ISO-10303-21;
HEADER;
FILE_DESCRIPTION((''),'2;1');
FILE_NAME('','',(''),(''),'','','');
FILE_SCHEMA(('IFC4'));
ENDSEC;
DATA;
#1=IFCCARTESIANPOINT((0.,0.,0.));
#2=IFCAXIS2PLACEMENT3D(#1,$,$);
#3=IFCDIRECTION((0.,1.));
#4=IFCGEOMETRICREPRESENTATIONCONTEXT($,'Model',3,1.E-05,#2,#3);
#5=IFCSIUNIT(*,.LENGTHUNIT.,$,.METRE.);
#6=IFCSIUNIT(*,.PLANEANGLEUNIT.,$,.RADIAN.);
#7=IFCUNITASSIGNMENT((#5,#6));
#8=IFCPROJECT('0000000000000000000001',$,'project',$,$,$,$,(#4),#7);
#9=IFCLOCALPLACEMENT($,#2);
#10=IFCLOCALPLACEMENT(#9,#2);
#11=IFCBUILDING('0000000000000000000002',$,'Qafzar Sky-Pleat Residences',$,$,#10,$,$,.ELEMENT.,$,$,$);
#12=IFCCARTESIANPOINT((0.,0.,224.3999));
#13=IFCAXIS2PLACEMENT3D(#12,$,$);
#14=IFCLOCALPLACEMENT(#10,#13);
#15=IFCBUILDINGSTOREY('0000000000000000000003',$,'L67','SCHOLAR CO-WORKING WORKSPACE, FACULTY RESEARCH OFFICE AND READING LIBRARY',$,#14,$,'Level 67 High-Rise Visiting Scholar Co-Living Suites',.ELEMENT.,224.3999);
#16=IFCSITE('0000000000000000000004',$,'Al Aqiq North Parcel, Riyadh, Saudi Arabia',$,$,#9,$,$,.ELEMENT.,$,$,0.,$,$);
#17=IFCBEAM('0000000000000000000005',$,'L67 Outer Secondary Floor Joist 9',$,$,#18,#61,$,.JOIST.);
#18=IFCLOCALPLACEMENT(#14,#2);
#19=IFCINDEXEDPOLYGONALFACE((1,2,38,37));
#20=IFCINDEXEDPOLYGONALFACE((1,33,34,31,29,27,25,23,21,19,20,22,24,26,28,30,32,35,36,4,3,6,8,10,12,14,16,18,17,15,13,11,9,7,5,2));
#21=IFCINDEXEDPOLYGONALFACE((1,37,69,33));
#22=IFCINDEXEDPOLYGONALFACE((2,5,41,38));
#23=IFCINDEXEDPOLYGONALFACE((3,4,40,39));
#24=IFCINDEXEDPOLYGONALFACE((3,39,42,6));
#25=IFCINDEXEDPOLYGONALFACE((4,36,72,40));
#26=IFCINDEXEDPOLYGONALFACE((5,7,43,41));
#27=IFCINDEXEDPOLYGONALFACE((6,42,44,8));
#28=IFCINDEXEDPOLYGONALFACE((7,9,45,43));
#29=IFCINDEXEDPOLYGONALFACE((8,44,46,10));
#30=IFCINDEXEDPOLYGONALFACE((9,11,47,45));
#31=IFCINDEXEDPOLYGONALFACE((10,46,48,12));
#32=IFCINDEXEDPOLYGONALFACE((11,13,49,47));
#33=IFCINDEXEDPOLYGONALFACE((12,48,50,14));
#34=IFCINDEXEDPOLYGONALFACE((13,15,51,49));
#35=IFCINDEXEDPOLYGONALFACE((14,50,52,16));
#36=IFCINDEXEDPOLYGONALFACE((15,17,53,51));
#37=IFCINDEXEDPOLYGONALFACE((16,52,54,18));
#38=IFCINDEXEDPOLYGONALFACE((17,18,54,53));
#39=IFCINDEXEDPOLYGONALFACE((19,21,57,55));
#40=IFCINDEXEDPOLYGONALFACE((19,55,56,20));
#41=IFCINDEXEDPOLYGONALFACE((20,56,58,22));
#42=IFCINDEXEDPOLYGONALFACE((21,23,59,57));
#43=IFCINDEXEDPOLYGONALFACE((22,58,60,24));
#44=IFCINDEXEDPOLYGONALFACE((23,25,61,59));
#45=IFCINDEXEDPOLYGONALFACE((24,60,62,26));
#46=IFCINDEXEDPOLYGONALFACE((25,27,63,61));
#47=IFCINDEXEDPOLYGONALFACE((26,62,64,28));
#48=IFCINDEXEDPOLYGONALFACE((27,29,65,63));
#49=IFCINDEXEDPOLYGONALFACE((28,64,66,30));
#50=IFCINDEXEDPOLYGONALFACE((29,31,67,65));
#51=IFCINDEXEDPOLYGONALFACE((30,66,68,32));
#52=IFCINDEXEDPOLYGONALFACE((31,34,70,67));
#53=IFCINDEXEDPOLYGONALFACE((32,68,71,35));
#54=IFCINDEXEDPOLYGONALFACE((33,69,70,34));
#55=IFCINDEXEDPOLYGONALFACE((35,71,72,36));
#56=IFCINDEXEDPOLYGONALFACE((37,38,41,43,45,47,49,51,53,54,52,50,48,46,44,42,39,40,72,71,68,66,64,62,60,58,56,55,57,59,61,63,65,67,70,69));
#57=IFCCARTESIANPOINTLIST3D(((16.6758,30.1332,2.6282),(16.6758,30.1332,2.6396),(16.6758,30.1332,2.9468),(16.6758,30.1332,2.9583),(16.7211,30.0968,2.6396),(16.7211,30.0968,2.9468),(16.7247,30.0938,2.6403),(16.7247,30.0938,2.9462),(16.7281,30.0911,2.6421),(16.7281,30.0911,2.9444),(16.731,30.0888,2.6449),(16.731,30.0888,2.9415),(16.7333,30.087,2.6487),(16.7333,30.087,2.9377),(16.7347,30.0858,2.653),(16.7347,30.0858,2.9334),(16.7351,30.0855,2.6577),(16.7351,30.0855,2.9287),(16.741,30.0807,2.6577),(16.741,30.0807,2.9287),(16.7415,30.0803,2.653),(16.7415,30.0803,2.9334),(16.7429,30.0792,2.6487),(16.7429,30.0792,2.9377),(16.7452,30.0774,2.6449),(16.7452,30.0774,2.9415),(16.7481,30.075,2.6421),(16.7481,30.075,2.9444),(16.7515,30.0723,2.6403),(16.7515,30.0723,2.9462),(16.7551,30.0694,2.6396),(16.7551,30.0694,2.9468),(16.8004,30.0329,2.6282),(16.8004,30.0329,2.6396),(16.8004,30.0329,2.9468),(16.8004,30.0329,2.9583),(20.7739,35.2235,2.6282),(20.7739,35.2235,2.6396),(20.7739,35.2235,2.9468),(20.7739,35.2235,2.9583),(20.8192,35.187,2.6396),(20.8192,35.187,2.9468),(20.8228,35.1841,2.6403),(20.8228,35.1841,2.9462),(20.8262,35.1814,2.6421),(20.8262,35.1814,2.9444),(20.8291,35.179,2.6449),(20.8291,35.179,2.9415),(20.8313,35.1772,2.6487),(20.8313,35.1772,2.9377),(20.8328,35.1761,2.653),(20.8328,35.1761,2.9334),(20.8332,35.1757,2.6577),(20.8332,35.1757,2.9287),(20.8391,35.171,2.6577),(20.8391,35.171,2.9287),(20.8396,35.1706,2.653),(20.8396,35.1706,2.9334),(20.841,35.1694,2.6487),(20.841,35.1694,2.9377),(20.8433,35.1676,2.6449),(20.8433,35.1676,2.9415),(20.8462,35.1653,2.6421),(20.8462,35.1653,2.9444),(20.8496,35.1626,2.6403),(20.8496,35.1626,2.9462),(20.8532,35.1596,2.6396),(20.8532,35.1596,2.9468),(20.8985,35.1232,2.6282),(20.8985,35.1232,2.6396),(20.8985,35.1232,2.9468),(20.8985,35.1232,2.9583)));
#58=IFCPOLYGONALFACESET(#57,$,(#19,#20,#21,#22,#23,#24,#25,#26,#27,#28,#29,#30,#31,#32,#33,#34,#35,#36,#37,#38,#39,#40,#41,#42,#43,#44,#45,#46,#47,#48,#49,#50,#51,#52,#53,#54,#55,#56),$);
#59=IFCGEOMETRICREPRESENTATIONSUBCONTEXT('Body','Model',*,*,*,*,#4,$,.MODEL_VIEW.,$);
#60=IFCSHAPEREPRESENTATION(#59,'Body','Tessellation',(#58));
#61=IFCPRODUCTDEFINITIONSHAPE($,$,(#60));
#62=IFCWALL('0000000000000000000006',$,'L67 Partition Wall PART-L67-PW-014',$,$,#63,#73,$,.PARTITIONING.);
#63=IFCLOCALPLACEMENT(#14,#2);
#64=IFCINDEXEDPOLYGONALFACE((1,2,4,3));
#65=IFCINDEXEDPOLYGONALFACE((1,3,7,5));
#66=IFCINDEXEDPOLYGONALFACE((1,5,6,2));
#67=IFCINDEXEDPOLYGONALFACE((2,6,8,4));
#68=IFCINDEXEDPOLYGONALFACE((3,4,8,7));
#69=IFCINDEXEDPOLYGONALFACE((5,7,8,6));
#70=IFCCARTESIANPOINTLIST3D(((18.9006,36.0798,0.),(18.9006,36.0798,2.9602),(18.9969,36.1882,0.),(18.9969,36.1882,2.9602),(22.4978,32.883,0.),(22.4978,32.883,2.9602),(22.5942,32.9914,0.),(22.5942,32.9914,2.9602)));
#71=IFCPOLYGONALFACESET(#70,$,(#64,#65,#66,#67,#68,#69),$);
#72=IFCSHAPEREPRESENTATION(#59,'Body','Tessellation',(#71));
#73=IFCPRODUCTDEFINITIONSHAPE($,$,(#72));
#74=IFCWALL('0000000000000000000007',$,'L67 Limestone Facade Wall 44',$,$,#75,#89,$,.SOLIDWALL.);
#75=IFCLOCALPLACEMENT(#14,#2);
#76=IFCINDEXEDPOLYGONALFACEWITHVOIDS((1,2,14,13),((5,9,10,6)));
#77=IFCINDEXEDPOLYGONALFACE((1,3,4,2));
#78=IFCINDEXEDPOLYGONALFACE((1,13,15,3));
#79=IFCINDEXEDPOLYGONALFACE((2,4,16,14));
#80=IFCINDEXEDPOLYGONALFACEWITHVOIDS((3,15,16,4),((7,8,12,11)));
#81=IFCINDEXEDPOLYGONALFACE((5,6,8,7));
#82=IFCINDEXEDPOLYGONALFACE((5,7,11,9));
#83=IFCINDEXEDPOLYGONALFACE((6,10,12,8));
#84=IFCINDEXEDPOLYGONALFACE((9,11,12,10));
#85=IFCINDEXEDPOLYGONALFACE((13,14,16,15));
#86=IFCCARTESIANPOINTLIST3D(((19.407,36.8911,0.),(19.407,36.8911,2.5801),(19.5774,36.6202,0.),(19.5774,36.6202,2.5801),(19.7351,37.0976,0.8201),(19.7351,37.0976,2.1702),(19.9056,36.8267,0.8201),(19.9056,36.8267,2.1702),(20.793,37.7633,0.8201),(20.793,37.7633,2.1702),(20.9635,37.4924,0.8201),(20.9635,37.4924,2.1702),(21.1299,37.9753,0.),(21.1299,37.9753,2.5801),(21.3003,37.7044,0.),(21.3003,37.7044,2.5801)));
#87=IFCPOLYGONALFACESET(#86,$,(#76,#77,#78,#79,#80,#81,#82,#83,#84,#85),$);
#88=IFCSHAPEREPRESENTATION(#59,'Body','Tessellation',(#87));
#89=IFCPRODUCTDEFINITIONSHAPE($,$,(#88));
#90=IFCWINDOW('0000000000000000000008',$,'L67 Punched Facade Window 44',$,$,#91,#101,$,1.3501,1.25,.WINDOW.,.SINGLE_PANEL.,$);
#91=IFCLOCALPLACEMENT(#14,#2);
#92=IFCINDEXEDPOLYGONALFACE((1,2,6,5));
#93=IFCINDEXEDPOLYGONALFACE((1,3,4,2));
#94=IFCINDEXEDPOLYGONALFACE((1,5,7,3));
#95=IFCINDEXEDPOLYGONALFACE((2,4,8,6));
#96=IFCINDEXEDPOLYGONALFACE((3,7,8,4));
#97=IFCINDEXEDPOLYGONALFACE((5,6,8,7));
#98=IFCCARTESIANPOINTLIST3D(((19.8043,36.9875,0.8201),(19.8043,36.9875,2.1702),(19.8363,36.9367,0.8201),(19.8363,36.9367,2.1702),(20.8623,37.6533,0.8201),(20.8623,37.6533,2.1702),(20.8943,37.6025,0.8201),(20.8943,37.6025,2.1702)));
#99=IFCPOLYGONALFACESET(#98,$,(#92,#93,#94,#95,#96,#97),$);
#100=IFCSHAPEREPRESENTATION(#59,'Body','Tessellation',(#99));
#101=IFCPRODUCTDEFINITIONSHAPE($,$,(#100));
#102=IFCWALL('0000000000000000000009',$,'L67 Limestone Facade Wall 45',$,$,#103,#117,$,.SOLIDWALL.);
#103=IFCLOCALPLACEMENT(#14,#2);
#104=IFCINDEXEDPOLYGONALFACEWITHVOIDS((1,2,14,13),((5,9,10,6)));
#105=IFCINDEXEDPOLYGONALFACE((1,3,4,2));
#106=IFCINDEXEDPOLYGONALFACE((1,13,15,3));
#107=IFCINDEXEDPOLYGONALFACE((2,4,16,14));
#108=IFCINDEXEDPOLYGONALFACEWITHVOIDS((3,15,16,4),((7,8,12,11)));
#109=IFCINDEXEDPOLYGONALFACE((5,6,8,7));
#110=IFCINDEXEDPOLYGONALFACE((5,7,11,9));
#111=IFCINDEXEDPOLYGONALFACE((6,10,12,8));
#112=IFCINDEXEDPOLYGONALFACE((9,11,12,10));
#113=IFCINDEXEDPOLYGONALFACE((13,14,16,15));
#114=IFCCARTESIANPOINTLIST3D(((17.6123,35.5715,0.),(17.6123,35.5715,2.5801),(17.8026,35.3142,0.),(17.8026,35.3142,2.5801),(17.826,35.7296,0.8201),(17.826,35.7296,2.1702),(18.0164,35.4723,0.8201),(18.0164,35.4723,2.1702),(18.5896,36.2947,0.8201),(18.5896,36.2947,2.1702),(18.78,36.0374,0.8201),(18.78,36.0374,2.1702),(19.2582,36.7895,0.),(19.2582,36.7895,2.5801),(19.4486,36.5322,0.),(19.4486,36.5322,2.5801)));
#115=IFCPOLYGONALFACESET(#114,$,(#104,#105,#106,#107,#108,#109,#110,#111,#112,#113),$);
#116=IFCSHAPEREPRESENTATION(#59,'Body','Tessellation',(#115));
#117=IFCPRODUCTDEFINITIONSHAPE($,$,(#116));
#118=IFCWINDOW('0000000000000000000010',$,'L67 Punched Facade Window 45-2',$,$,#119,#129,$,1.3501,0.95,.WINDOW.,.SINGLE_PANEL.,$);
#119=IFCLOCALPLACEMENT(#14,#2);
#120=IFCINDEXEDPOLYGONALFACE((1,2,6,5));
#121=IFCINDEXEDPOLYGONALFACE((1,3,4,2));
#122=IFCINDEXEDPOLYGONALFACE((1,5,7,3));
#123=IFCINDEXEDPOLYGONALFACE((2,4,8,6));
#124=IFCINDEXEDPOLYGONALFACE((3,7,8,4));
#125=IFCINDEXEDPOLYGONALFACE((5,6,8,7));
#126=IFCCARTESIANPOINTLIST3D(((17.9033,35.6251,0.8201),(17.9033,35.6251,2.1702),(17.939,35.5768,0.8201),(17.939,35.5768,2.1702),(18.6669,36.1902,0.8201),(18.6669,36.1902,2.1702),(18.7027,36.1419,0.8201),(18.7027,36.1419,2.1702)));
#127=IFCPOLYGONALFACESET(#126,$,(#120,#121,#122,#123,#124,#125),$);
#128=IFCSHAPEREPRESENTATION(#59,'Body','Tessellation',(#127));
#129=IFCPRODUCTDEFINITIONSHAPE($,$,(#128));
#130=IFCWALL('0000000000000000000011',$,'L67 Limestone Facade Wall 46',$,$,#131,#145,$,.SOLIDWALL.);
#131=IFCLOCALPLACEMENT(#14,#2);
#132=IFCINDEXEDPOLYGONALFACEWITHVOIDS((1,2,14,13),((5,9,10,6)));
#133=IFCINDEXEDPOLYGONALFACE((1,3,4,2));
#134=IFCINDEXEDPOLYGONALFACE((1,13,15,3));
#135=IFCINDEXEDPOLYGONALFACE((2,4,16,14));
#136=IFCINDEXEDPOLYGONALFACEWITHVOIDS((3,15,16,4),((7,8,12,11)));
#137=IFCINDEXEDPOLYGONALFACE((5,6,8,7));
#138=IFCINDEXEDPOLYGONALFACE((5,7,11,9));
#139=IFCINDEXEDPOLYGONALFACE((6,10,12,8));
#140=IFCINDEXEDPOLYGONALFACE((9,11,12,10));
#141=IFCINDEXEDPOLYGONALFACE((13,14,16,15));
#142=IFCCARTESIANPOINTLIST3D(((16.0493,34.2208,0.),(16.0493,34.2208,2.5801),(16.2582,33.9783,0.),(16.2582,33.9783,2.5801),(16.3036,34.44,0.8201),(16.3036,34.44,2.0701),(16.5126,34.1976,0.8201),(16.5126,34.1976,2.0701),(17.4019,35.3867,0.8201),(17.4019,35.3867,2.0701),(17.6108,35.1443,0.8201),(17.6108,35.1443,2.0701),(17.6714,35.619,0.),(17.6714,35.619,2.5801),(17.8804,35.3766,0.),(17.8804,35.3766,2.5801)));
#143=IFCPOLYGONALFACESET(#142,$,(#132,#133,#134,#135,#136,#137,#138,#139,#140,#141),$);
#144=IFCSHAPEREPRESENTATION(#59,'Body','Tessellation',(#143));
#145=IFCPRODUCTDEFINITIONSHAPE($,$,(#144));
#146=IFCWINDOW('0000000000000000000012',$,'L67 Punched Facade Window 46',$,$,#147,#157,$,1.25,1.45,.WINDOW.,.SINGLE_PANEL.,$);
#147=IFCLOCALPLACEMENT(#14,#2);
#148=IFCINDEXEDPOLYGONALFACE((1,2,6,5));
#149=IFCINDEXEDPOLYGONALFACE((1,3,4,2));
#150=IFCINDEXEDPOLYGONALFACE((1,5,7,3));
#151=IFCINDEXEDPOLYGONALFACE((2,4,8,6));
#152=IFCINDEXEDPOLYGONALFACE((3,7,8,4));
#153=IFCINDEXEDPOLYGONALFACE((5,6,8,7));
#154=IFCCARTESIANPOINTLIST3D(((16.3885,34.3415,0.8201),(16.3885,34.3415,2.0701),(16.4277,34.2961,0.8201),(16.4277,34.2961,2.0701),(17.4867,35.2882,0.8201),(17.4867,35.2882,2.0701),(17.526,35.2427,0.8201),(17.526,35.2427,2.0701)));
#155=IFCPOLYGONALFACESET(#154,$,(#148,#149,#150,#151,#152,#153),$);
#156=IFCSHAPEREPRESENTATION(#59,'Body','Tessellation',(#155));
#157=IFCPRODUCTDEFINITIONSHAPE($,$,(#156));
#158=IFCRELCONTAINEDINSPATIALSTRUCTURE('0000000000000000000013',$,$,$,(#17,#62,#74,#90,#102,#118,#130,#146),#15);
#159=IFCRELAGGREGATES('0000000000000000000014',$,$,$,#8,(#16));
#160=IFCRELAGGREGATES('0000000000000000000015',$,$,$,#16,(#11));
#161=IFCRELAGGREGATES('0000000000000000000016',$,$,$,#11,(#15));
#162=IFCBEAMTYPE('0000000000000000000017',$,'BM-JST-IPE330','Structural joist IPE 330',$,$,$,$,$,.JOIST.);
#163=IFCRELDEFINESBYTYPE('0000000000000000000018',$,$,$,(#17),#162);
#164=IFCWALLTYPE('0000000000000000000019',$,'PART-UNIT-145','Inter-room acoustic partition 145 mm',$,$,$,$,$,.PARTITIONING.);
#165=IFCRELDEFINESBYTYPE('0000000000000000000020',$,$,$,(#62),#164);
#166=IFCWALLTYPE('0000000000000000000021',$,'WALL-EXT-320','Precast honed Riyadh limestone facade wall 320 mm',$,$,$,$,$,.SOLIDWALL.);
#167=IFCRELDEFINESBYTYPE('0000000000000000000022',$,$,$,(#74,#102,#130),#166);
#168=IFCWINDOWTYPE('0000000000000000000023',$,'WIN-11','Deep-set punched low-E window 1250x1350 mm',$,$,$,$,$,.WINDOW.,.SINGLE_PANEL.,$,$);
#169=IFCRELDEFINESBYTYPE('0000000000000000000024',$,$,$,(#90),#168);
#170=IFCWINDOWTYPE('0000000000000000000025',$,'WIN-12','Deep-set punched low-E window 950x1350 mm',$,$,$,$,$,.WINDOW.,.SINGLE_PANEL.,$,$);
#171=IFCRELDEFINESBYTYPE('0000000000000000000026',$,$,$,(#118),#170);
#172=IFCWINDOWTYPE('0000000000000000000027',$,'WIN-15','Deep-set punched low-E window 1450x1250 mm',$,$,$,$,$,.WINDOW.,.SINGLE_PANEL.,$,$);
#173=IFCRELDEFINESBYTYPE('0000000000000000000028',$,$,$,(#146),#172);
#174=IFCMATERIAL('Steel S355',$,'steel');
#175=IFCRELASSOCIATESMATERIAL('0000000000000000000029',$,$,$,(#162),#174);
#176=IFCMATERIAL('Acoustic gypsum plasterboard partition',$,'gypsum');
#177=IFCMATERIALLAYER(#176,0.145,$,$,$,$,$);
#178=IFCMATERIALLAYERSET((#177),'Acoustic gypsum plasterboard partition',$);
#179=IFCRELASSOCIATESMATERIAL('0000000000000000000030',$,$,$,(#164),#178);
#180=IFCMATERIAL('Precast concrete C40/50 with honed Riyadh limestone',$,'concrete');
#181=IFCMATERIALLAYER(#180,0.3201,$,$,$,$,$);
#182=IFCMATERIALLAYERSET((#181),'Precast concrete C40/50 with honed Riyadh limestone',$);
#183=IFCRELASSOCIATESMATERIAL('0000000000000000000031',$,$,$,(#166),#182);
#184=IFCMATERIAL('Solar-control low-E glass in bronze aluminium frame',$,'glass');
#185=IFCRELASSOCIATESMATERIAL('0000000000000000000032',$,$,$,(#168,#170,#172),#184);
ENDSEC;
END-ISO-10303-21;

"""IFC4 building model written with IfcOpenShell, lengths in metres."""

from ifc_helpers import new_model, si_unit, direction, frame, frame_2d, origin, origin_2d, place, context, subcontext, project, spatial, rectangle, i_section, extrude, source, transform, mapped, material, layer, layer_set, material_profile, profile_set, type_object, element, fill, save


model = new_model("IFC4")

# Units and contexts
model_context = context("Model", 3, precision=1e-05, world=origin(), true_north=direction((0.0, 1.0)))
body_context = subcontext(model_context, "Body", "Model", "MODEL_VIEW")
ifc_project = project(units=[si_unit("LENGTHUNIT", "METRE"), si_unit("PLANEANGLEUNIT", "RADIAN")], contexts=[model_context])

# Site, building, storey
site_placement = place(None, origin())
site = spatial("IfcSite", under=ifc_project, at=site_placement, Name="Al Aqiq North Parcel, Riyadh, Saudi Arabia", CompositionType="ELEMENT", RefElevation=0.0)
building_placement = place(site_placement, origin())
building = spatial("IfcBuilding", under=site, at=building_placement, Name="Qafzar Sky-Pleat Residences", CompositionType="ELEMENT")
storey_placement = place(building_placement, frame((0.0, 0.0, 224.3999)))
storey = spatial("IfcBuildingStorey", under=building, at=storey_placement, Name="L67", Description="SCHOLAR CO-WORKING WORKSPACE, FACULTY RESEARCH OFFICE AND READING LIBRARY", LongName="Level 67 High-Rise Visiting Scholar Co-Living Suites", CompositionType="ELEMENT", Elevation=224.3999)

# Shared definitions
ifc_material_1 = material(Name="Steel S355", Category="steel")

# Beam
ifc_material_profile_1 = material_profile(ifc_material_1, i_section(OverallWidth=0.1599, OverallDepth=0.3301, WebThickness=0.0076, FlangeThickness=0.0115, FilletRadius=0.0181, at=origin_2d()), Name="IPE 330")
ifc_profile_set_1 = profile_set([ifc_material_profile_1], Name="Steel S355")
beam_type_1 = type_object("IfcBeamType", Name="BM-JST-IPE330", Description="Structural joist IPE 330", PredefinedType="JOIST", material=ifc_profile_set_1)
shared_shape_1 = source(origin(), body_context, "Body", "SweptSolid", [
    extrude(i_section(OverallWidth=0.1599, OverallDepth=0.3301, WebThickness=0.0076, FlangeThickness=0.0115, FilletRadius=0.0181, at=origin_2d()), origin(), (0.0, 0.0, 1.0), 6.5349),
])
beam_1_placement = place(storey_placement, frame((20.8362, 35.1733, 2.7932), z_axis=(-0.627107, -0.778933, 0.0), x_axis=(0.778933, -0.627107, 0.0)))
element("IfcBeam", 1, at=beam_1_placement, inside=storey, type_object=beam_type_1, Name="L67 Outer Secondary Floor Joist 9", PredefinedType="JOIST", context=body_context, shape_type="MappedRepresentation", body=[
    mapped(shared_shape_1, transform((0.0, 0.0, 0.0), x_axis=(1.0, 0.0, 0.0), y_axis=(0.0, 1.0, 0.0), z_axis=(0.0, 0.0, 1.0), scale=1.0)),
])

# Wall
ifc_material_2 = material(Name="Acoustic gypsum plasterboard partition", Category="gypsum")
ifc_layer_1 = layer(ifc_material_2, 0.145)
ifc_layer_set_1 = layer_set([ifc_layer_1], Name="Acoustic gypsum plasterboard partition")
wall_type_1 = type_object("IfcWallType", Name="PART-UNIT-145", Description="Inter-room acoustic partition 145 mm", PredefinedType="PARTITIONING", material=ifc_layer_set_1)
wall_1_placement = place(storey_placement, frame((18.9487, 36.134, 0.0), z_axis=(0.0, 0.0, 1.0), x_axis=(0.747482, -0.664282, 0.0)))
element("IfcWall", 2, at=wall_1_placement, inside=storey, type_object=wall_type_1, Name="L67 Partition Wall PART-L67-PW-014", PredefinedType="PARTITIONING", context=body_context, shape_type="SweptSolid", body=[
    extrude(rectangle(XDim=4.8125, YDim=0.145, at=frame_2d((2.4062, 0.0))), origin(), (0.0, 0.0, 1.0), 2.9602),
])

# Walls, openings, windows
ifc_material_3 = material(Name="Precast concrete C40/50 with honed Riyadh limestone", Category="concrete")
ifc_layer_2 = layer(ifc_material_3, 0.3201)
ifc_layer_set_2 = layer_set([ifc_layer_2], Name="Precast concrete C40/50 with honed Riyadh limestone")
wall_type_2 = type_object("IfcWallType", Name="WALL-EXT-320", Description="Precast honed Riyadh limestone facade wall 320 mm", PredefinedType="SOLIDWALL", material=ifc_layer_set_2)
wall_2_placement = place(storey_placement, frame((21.2151, 37.8398, 0.0), z_axis=(0.0, 0.0, 1.0), x_axis=(-0.846357, -0.532616, 0.0)))
wall_2 = element("IfcWall", 3, at=wall_2_placement, inside=storey, type_object=wall_type_2, Name="L67 Limestone Facade Wall 44", PredefinedType="SOLIDWALL", context=body_context, shape_type="SweptSolid", body=[
    extrude(rectangle(XDim=2.0356, YDim=0.3201, at=frame_2d((1.0178, 0.0))), origin(), (0.0, 0.0, 1.0), 2.5801),
])
opening_1_placement = place(wall_2_placement, frame((0.3979, 0.0, 0.8201)))
opening_1 = element("IfcOpeningElement", 4, at=opening_1_placement, cuts=wall_2, PredefinedType="OPENING", context=body_context, shape_type="SweptSolid", body=[
    extrude(rectangle(XDim=1.25, YDim=1.3501, at=frame_2d((0.625, 0.675))), frame((0.0, 0.1699, 0.0), z_axis=(0.0, -1.0, 0.0), x_axis=(1.0, 0.0, 0.0)), (0.0, 0.0, 1.0), 0.3401),
])
ifc_material_4 = material(Name="Solar-control low-E glass in bronze aluminium frame", Category="glass")
window_type_1 = type_object("IfcWindowType", Name="WIN-11", Description="Deep-set punched low-E window 1250x1350 mm", PartitioningType="SINGLE_PANEL", PredefinedType="WINDOW", material=ifc_material_4)
shared_shape_2 = source(origin(), body_context, "Body", "SweptSolid", [
    extrude(rectangle(XDim=1.25, YDim=1.3501, at=frame_2d((0.625, 0.675))), frame((0.0, 0.03, 0.0), z_axis=(0.0, -1.0, 0.0), x_axis=(1.0, 0.0, 0.0)), (0.0, 0.0, 1.0), 0.0601),
])
window_1_placement = place(opening_1_placement, origin())
window_1 = element("IfcWindow", 5, at=window_1_placement, inside=storey, type_object=window_type_1, Name="L67 Punched Facade Window 44", OverallHeight=1.3501, OverallWidth=1.25, PartitioningType="SINGLE_PANEL", PredefinedType="WINDOW", context=body_context, shape_type="MappedRepresentation", body=[
    mapped(shared_shape_2, transform((0.0, 0.0, 0.0), x_axis=(1.0, 0.0, 0.0), y_axis=(0.0, 1.0, 0.0), z_axis=(0.0, 0.0, 1.0), scale=1.0)),
])
fill(opening_1, window_1)
wall_3_placement = place(storey_placement, frame((19.3535, 36.6609, 0.0), z_axis=(0.0, 0.0, 1.0), x_axis=(-0.803846, -0.594837, 0.0)))
wall_3 = element("IfcWall", 6, at=wall_3_placement, inside=storey, type_object=wall_type_2, Name="L67 Limestone Facade Wall 45", PredefinedType="SOLIDWALL", context=body_context, shape_type="SweptSolid", body=[
    extrude(rectangle(XDim=2.0476, YDim=0.3201, at=frame_2d((1.0239, 0.0))), origin(), (0.0, 0.0, 1.0), 2.5801),
])
opening_2_placement = place(wall_3_placement, frame((0.8318, 0.0, 0.8201)))
opening_2 = element("IfcOpeningElement", 7, at=opening_2_placement, cuts=wall_3, PredefinedType="OPENING", context=body_context, shape_type="SweptSolid", body=[
    extrude(rectangle(XDim=0.95, YDim=1.3501, at=frame_2d((0.4751, 0.675))), frame((0.0, 0.1699, 0.0), z_axis=(0.0, -1.0, 0.0), x_axis=(1.0, 0.0, 0.0)), (0.0, 0.0, 1.0), 0.3401),
])
window_type_2 = type_object("IfcWindowType", Name="WIN-12", Description="Deep-set punched low-E window 950x1350 mm", PartitioningType="SINGLE_PANEL", PredefinedType="WINDOW", material=ifc_material_4)
shared_shape_3 = source(origin(), body_context, "Body", "SweptSolid", [
    extrude(rectangle(XDim=0.95, YDim=1.3501, at=frame_2d((0.4751, 0.675))), frame((0.0, 0.03, 0.0), z_axis=(0.0, -1.0, 0.0), x_axis=(1.0, 0.0, 0.0)), (0.0, 0.0, 1.0), 0.0601),
])
window_2_placement = place(opening_2_placement, origin())
window_2 = element("IfcWindow", 8, at=window_2_placement, inside=storey, type_object=window_type_2, Name="L67 Punched Facade Window 45-2", OverallHeight=1.3501, OverallWidth=0.95, PartitioningType="SINGLE_PANEL", PredefinedType="WINDOW", context=body_context, shape_type="MappedRepresentation", body=[
    mapped(shared_shape_3, transform((0.0, 0.0, 0.0), x_axis=(1.0, 0.0, 0.0), y_axis=(0.0, 1.0, 0.0), z_axis=(0.0, 0.0, 1.0), scale=1.0)),
])
fill(opening_2, window_2)
wall_4_placement = place(storey_placement, frame((17.7759, 35.4978, 0.0), z_axis=(0.0, 0.0, 1.0), x_axis=(-0.757443, -0.652901, 0.0)))
wall_4 = element("IfcWall", 9, at=wall_4_placement, inside=storey, type_object=wall_type_2, Name="L67 Limestone Facade Wall 46", PredefinedType="SOLIDWALL", context=body_context, shape_type="SweptSolid", body=[
    extrude(rectangle(XDim=2.1416, YDim=0.3201, at=frame_2d((1.0708, 0.0))), origin(), (0.0, 0.0, 1.0), 2.5801),
])
opening_3_placement = place(wall_4_placement, frame((0.3557, 0.0, 0.8201)))
opening_3 = element("IfcOpeningElement", 10, at=opening_3_placement, cuts=wall_4, PredefinedType="OPENING", context=body_context, shape_type="SweptSolid", body=[
    extrude(rectangle(XDim=1.45, YDim=1.25, at=frame_2d((0.7251, 0.625))), frame((0.0, 0.1699, 0.0), z_axis=(0.0, -1.0, 0.0), x_axis=(1.0, 0.0, 0.0)), (0.0, 0.0, 1.0), 0.3401),
])
window_type_3 = type_object("IfcWindowType", Name="WIN-15", Description="Deep-set punched low-E window 1450x1250 mm", PartitioningType="SINGLE_PANEL", PredefinedType="WINDOW", material=ifc_material_4)
shared_shape_4 = source(origin(), body_context, "Body", "SweptSolid", [
    extrude(rectangle(XDim=1.45, YDim=1.25, at=frame_2d((0.7251, 0.625))), frame((0.0, 0.03, 0.0), z_axis=(0.0, -1.0, 0.0), x_axis=(1.0, 0.0, 0.0)), (0.0, 0.0, 1.0), 0.0601),
])
window_3_placement = place(opening_3_placement, origin())
window_3 = element("IfcWindow", 11, at=window_3_placement, inside=storey, type_object=window_type_3, Name="L67 Punched Facade Window 46", OverallHeight=1.25, OverallWidth=1.45, PartitioningType="SINGLE_PANEL", PredefinedType="WINDOW", context=body_context, shape_type="MappedRepresentation", body=[
    mapped(shared_shape_4, transform((0.0, 0.0, 0.0), x_axis=(1.0, 0.0, 0.0), y_axis=(0.0, 1.0, 0.0), z_axis=(0.0, 0.0, 1.0), scale=1.0)),
])
fill(opening_3, window_3)

save(model, "model.ifc")
